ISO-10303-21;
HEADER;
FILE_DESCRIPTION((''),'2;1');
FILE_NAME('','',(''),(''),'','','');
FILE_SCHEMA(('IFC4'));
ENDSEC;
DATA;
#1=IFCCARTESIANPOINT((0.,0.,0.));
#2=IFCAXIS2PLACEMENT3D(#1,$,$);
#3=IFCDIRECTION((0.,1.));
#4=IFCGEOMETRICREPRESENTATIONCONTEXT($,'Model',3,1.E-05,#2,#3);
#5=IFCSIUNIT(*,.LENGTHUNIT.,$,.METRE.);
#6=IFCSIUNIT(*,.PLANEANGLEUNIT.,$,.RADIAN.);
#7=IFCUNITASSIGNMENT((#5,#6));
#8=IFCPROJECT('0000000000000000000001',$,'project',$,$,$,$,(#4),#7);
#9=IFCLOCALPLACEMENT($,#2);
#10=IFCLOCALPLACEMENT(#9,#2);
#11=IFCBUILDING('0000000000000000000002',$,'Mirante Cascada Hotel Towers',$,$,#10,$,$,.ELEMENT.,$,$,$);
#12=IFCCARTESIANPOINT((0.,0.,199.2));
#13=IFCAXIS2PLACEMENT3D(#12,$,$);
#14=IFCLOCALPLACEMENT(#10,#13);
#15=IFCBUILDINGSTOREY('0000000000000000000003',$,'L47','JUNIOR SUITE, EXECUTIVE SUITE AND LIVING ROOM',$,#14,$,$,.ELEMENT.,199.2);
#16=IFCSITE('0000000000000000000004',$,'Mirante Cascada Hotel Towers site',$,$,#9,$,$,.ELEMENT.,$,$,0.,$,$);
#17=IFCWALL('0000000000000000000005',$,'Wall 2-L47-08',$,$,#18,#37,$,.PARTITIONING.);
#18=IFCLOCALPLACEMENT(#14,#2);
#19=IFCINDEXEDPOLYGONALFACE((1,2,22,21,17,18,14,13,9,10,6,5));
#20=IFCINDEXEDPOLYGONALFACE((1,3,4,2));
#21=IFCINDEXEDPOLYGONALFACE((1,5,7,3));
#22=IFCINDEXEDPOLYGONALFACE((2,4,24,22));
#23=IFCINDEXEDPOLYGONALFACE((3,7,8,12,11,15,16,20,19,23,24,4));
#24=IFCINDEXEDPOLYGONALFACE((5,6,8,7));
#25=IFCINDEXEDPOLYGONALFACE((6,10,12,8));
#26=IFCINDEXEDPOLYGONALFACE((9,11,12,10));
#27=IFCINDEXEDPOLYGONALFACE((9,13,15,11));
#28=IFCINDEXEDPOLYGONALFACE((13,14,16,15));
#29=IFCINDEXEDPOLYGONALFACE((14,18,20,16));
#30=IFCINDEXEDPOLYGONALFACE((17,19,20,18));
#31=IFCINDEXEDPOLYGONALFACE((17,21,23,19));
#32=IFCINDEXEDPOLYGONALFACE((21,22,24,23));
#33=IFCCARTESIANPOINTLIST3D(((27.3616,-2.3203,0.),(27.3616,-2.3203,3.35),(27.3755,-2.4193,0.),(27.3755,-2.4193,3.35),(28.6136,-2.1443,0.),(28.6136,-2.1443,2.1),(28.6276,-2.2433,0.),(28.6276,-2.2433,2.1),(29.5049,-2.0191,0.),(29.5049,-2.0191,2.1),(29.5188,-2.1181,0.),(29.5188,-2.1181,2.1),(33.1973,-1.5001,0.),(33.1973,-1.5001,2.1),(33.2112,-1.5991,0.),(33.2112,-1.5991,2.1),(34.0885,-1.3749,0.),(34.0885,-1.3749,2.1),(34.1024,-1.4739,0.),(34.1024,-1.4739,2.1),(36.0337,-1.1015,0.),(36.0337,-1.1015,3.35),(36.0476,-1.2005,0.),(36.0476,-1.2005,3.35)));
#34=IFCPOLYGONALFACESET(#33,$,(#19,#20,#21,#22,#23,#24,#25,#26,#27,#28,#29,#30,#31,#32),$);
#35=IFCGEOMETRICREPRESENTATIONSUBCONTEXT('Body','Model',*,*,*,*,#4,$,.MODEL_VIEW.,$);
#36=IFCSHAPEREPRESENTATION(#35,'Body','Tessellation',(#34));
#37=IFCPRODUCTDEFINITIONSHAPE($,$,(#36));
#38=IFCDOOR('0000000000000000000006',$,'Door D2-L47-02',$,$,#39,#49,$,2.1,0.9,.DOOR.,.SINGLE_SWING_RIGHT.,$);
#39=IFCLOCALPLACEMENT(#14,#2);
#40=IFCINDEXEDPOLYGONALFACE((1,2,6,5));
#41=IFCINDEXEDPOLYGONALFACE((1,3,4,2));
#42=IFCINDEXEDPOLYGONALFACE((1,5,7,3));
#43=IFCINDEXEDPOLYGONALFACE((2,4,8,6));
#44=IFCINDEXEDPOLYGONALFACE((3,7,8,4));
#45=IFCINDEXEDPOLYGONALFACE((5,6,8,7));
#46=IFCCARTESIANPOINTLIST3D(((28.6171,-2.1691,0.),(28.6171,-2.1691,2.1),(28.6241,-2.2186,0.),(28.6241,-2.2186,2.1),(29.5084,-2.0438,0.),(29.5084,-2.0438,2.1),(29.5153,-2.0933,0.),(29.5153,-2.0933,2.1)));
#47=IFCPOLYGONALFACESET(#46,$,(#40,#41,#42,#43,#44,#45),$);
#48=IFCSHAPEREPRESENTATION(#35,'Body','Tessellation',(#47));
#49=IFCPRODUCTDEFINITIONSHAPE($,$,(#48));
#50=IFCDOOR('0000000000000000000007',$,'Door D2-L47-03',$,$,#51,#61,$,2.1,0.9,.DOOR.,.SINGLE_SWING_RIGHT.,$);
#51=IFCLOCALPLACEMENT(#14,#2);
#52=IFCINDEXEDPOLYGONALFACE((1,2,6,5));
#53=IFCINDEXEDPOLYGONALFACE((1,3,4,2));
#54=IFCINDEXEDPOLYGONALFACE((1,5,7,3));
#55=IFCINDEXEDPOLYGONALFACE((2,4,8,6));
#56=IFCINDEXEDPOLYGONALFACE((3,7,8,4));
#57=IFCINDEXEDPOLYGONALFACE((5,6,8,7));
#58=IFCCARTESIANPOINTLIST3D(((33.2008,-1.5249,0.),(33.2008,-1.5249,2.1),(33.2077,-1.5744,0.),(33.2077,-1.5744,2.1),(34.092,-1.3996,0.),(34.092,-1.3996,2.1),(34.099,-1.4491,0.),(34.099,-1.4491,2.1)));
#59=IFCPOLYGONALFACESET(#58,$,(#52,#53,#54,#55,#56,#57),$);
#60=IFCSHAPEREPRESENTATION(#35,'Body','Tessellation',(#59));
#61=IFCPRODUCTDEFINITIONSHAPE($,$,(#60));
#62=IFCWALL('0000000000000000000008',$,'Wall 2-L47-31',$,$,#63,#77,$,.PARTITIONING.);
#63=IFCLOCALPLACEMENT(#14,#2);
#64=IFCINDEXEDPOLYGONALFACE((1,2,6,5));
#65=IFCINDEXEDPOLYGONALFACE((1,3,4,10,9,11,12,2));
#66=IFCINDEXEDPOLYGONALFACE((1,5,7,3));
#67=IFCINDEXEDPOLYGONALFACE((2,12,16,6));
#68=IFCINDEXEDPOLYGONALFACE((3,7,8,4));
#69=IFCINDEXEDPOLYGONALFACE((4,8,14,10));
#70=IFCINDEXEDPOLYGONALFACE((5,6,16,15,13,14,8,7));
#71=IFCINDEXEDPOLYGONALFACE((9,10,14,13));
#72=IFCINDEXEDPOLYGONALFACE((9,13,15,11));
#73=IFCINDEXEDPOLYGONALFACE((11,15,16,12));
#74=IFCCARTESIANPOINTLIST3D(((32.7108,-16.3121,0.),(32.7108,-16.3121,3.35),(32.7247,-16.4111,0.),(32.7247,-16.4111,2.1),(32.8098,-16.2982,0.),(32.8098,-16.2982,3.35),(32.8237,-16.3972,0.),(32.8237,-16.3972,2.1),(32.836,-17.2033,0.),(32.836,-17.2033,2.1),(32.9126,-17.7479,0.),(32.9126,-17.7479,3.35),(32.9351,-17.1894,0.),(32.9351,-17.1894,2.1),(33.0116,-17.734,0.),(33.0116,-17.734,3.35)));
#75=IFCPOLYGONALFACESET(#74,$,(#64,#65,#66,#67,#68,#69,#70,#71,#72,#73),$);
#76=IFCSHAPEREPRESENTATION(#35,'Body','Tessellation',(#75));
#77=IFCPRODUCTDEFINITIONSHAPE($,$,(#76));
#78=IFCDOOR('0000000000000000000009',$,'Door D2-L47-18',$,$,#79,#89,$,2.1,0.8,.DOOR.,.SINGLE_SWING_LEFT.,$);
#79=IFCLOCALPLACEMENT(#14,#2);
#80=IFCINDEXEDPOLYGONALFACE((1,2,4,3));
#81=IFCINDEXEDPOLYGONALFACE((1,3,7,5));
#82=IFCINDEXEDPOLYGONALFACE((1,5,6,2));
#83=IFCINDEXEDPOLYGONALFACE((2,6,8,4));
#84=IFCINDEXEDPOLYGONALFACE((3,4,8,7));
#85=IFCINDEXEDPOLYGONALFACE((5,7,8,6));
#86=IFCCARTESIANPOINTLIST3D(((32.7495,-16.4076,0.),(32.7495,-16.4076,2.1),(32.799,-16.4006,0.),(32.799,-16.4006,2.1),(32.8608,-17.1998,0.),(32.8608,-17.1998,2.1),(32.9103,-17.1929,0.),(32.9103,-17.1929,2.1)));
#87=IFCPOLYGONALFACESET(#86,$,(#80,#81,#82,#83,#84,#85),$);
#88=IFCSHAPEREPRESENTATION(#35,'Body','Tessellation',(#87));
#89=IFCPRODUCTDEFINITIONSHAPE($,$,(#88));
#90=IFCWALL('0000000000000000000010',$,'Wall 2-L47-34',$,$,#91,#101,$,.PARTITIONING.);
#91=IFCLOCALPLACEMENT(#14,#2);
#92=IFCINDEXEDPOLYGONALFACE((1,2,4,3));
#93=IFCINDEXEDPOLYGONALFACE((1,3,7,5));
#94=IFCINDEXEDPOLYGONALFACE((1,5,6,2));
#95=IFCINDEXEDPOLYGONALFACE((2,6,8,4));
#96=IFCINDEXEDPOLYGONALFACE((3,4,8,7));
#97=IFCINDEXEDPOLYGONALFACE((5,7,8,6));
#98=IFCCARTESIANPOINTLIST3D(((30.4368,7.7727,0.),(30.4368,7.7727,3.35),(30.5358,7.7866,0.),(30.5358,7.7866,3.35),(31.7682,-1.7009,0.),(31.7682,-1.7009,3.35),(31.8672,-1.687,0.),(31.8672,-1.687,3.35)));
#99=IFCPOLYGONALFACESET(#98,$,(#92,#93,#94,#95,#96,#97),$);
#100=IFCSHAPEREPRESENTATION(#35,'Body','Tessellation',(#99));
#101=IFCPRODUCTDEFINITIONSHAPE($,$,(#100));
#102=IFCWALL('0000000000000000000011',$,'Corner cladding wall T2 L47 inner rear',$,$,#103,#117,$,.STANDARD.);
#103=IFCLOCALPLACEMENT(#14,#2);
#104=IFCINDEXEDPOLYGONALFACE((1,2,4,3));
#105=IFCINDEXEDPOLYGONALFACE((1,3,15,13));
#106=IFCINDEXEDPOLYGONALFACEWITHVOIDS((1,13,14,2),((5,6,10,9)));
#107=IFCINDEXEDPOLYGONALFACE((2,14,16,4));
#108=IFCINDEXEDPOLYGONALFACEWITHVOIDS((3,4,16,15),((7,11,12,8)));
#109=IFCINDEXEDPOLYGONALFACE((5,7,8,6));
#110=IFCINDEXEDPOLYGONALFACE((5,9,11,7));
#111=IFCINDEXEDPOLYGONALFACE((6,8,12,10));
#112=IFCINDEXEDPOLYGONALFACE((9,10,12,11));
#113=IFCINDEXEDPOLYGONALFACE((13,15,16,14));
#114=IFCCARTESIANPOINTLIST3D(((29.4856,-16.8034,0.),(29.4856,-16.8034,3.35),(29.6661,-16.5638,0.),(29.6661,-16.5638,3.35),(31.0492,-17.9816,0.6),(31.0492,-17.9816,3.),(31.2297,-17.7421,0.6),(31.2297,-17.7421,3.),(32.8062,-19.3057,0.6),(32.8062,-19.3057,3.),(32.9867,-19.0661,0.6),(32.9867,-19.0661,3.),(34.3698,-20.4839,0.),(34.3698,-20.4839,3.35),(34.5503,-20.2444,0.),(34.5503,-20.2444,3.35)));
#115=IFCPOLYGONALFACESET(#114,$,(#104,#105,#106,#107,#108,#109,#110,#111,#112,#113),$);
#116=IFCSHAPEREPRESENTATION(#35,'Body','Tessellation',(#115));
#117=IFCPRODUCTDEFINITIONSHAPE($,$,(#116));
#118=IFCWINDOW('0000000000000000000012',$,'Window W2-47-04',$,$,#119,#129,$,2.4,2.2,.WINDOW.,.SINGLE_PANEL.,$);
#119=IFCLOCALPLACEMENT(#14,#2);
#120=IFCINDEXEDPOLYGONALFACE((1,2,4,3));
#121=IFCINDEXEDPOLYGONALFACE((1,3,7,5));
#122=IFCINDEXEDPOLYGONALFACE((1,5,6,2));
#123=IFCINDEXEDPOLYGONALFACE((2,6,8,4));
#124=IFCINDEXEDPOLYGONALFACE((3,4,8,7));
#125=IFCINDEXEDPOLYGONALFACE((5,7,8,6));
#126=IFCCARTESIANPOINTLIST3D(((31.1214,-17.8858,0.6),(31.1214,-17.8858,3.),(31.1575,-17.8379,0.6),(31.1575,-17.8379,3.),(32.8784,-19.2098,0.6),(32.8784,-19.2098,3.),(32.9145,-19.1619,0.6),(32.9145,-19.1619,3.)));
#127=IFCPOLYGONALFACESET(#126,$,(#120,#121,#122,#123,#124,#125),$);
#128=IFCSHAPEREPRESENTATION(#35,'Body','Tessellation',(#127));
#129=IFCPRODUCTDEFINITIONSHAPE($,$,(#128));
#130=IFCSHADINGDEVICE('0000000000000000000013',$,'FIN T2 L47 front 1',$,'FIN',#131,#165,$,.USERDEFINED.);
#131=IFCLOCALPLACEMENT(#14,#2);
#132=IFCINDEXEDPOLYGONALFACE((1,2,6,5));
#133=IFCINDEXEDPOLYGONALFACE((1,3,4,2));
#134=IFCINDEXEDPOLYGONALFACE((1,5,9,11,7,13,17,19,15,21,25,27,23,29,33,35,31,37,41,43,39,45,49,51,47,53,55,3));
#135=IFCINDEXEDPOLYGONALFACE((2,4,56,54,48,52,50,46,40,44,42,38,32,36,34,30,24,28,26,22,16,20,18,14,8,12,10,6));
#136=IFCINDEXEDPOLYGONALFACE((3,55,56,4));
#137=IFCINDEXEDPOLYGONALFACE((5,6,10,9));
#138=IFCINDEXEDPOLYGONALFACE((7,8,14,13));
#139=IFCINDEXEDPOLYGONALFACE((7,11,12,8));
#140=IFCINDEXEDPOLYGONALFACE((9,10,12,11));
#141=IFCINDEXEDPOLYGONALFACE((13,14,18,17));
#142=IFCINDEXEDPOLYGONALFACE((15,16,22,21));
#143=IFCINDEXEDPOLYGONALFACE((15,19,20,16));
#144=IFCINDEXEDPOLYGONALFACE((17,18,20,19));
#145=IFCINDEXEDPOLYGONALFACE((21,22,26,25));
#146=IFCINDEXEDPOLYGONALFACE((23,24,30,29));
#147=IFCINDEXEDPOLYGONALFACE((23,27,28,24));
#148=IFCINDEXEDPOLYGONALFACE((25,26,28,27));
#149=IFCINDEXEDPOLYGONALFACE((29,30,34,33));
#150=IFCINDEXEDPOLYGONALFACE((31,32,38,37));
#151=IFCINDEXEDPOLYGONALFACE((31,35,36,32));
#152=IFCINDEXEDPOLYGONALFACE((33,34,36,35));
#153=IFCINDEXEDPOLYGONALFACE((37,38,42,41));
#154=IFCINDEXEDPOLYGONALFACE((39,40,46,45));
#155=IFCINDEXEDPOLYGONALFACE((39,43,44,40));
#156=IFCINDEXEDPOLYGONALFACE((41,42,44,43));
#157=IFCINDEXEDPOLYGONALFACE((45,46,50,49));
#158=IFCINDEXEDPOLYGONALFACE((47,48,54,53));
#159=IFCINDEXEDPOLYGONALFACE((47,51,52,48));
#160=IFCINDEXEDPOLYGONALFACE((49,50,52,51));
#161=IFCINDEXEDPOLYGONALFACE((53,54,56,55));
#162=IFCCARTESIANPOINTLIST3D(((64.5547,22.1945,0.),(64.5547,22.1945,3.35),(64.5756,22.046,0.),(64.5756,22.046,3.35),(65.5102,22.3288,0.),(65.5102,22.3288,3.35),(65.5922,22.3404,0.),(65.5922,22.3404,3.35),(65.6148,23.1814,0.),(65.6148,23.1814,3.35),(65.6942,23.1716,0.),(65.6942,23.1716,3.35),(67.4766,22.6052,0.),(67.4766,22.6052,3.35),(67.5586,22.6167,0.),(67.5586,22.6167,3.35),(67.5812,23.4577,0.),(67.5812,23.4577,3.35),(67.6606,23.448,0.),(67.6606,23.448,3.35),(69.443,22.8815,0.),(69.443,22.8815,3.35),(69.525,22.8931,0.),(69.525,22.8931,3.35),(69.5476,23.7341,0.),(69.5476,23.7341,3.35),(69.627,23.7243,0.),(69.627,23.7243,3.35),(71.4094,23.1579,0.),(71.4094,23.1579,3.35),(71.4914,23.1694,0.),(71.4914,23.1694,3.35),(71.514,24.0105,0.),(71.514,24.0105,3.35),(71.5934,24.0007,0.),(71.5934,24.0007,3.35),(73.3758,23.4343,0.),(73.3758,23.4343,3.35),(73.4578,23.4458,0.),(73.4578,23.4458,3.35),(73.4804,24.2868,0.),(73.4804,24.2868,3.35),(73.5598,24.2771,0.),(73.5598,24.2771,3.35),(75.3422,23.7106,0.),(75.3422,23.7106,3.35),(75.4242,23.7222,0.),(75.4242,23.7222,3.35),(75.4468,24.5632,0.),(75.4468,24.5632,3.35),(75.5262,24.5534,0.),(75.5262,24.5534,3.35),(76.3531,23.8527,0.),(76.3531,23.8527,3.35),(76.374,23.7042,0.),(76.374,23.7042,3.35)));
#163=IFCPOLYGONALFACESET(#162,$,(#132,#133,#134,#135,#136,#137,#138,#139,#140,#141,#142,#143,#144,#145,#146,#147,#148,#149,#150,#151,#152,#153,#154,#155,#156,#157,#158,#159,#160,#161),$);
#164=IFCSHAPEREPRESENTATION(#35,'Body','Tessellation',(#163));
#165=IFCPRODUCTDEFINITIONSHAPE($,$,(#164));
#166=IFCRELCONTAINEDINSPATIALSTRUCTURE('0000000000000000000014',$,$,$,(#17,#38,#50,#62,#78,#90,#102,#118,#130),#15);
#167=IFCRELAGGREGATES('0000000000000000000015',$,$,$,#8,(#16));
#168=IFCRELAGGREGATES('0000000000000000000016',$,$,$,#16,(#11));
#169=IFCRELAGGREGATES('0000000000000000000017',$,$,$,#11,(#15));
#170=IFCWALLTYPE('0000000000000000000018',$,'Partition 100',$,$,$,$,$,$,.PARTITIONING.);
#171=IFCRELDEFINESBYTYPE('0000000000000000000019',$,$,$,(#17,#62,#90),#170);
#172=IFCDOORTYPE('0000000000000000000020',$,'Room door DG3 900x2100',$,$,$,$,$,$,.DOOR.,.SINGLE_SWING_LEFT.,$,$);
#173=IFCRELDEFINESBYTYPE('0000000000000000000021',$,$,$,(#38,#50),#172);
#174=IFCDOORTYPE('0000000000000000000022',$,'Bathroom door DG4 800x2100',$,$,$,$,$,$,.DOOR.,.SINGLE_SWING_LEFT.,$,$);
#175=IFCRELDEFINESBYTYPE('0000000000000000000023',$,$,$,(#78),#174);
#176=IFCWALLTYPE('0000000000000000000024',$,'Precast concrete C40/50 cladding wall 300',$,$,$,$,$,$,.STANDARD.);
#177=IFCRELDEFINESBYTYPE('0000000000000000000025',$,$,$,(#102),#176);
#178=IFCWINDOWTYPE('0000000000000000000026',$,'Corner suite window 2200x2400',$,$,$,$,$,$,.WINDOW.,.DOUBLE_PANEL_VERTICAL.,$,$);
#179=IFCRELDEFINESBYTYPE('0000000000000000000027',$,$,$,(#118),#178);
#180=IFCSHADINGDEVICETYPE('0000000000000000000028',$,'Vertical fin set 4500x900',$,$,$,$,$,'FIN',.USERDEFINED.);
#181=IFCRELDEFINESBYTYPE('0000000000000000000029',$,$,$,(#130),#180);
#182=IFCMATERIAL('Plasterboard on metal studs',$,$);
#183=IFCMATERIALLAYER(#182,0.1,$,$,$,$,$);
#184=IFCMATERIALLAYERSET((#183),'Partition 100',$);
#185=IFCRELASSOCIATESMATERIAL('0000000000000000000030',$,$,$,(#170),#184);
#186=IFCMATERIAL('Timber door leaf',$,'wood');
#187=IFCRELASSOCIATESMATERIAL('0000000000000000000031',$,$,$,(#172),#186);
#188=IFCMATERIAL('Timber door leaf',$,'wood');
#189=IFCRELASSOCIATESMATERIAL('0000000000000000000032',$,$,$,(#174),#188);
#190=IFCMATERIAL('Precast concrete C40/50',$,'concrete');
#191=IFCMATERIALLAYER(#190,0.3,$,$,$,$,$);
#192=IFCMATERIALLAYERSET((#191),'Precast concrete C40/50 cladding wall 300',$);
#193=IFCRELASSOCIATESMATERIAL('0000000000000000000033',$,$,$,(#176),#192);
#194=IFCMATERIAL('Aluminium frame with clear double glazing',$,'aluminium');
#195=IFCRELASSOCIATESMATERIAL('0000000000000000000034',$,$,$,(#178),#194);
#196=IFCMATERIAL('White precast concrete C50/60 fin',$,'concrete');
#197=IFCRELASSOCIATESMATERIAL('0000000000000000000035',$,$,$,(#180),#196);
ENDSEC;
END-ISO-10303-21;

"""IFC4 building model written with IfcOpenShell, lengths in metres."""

from ifc_helpers import new_model, si_unit, direction, frame, frame_2d, origin, place, context, subcontext, project, spatial, polyline, rectangle, outline, extrude, material, layer, layer_set, type_object, element, fill, save


model = new_model("IFC4")

# Units and contexts
model_context = context("Model", 3, precision=1e-05, world=origin(), true_north=direction((0.0, 1.0)))
body_context = subcontext(model_context, "Body", "Model", "MODEL_VIEW")
ifc_project = project(units=[si_unit("LENGTHUNIT", "METRE"), si_unit("PLANEANGLEUNIT", "RADIAN")], contexts=[model_context])

# Site, building, storey
site_placement = place(None, origin())
site = spatial("IfcSite", under=ifc_project, at=site_placement, Name="Mirante Cascada Hotel Towers site", CompositionType="ELEMENT", RefElevation=0.0)
building_placement = place(site_placement, origin())
building = spatial("IfcBuilding", under=site, at=building_placement, Name="Mirante Cascada Hotel Towers", CompositionType="ELEMENT")
storey_placement = place(building_placement, frame((0.0, 0.0, 199.2)))
storey = spatial("IfcBuildingStorey", under=building, at=storey_placement, Name="L47", Description="JUNIOR SUITE, EXECUTIVE SUITE AND LIVING ROOM", CompositionType="ELEMENT", Elevation=199.2)

# Shared definitions
ifc_material_1 = material(Name="Plasterboard on metal studs")
ifc_layer_1 = layer(ifc_material_1, 0.1)
ifc_layer_set_1 = layer_set([ifc_layer_1], Name="Partition 100")
wall_type_1 = type_object("IfcWallType", Name="Partition 100", PredefinedType="PARTITIONING", material=ifc_layer_set_1)

# Wall, openings, doors
wall_1_placement = place(storey_placement, frame((27.3685, -2.3698, 0.0), z_axis=(0.0, 0.0, 1.0), x_axis=(0.990268, 0.139175, 0.0)))
wall_1 = element("IfcWall", 1, at=wall_1_placement, inside=storey, type_object=wall_type_1, Name="Wall 2-L47-08", PredefinedType="PARTITIONING", context=body_context, shape_type="SweptSolid", body=[
    extrude(rectangle(XDim=8.7573, YDim=0.1, at=frame_2d((4.3787, 0.0))), origin(), (0.0, 0.0, 1.0), 3.35),
])
opening_1_placement = place(wall_1_placement, frame((1.2644, 0.0, 0.0)))
opening_1 = element("IfcOpeningElement", 2, at=opening_1_placement, cuts=wall_1, PredefinedType="OPENING", context=body_context, shape_type="SweptSolid", body=[
    extrude(rectangle(XDim=0.9, YDim=2.1, at=frame_2d((0.45, 1.05))), frame((0.0, 0.05, 0.0), z_axis=(0.0, -1.0, 0.0), x_axis=(1.0, 0.0, 0.0)), (0.0, 0.0, 1.0), 0.1),
])
opening_2_placement = place(wall_1_placement, frame((5.8931, 0.0, 0.0)))
opening_2 = element("IfcOpeningElement", 3, at=opening_2_placement, cuts=wall_1, PredefinedType="OPENING", context=body_context, shape_type="SweptSolid", body=[
    extrude(rectangle(XDim=0.9, YDim=2.1, at=frame_2d((0.45, 1.05))), frame((0.0, 0.05, 0.0), z_axis=(0.0, -1.0, 0.0), x_axis=(1.0, 0.0, 0.0)), (0.0, 0.0, 1.0), 0.1),
])
ifc_material_2 = material(Name="Timber door leaf", Category="wood")
door_type_1 = type_object("IfcDoorType", Name="Room door DG3 900x2100", OperationType="SINGLE_SWING_LEFT", PredefinedType="DOOR", material=ifc_material_2)
door_1_placement = place(opening_1_placement, frame((0.9, 0.0, 0.0), z_axis=(0.0, 0.0, 1.0), x_axis=(-1.0, 0.0, 0.0)))
door_1 = element("IfcDoor", 4, at=door_1_placement, inside=storey, type_object=door_type_1, Name="Door D2-L47-02", OperationType="SINGLE_SWING_RIGHT", OverallHeight=2.1, OverallWidth=0.9, PredefinedType="DOOR", context=body_context, shape_type="SweptSolid", body=[
    extrude(rectangle(XDim=0.9, YDim=2.1, at=frame_2d((0.45, 1.05))), frame((0.0, 0.025, 0.0), z_axis=(0.0, -1.0, 0.0), x_axis=(1.0, 0.0, 0.0)), (0.0, 0.0, 1.0), 0.05),
])
fill(opening_1, door_1)
door_2_placement = place(opening_2_placement, frame((0.9, 0.0, 0.0), z_axis=(0.0, 0.0, 1.0), x_axis=(-1.0, 0.0, 0.0)))
door_2 = element("IfcDoor", 5, at=door_2_placement, inside=storey, type_object=door_type_1, Name="Door D2-L47-03", OperationType="SINGLE_SWING_RIGHT", OverallHeight=2.1, OverallWidth=0.9, PredefinedType="DOOR", context=body_context, shape_type="SweptSolid", body=[
    extrude(rectangle(XDim=0.9, YDim=2.1, at=frame_2d((0.45, 1.05))), frame((0.0, 0.025, 0.0), z_axis=(0.0, -1.0, 0.0), x_axis=(1.0, 0.0, 0.0)), (0.0, 0.0, 1.0), 0.05),
])
fill(opening_2, door_2)

# Wall, opening, door
wall_2_placement = place(storey_placement, frame((32.7603, -16.3051, 0.0), z_axis=(0.0, 0.0, 1.0), x_axis=(0.139181, -0.990267, 0.0)))
wall_2 = element("IfcWall", 6, at=wall_2_placement, inside=storey, type_object=wall_type_1, Name="Wall 2-L47-31", PredefinedType="PARTITIONING", context=body_context, shape_type="SweptSolid", body=[
    extrude(rectangle(XDim=1.4499, YDim=0.1, at=frame_2d((0.725, 0.0))), origin(), (0.0, 0.0, 1.0), 3.35),
])
opening_3_placement = place(wall_2_placement, frame((0.1, 0.0, 0.0)))
opening_3 = element("IfcOpeningElement", 7, at=opening_3_placement, cuts=wall_2, PredefinedType="OPENING", context=body_context, shape_type="SweptSolid", body=[
    extrude(rectangle(XDim=0.8, YDim=2.1, at=frame_2d((0.4, 1.05))), frame((0.0, 0.05, 0.0), z_axis=(0.0, -1.0, 0.0), x_axis=(1.0, 0.0, 0.0)), (0.0, 0.0, 1.0), 0.1),
])
ifc_material_3 = material(Name="Timber door leaf", Category="wood")
door_type_2 = type_object("IfcDoorType", Name="Bathroom door DG4 800x2100", OperationType="SINGLE_SWING_LEFT", PredefinedType="DOOR", material=ifc_material_3)
door_3_placement = place(opening_3_placement, origin())
door_3 = element("IfcDoor", 8, at=door_3_placement, inside=storey, type_object=door_type_2, Name="Door D2-L47-18", OperationType="SINGLE_SWING_LEFT", OverallHeight=2.1, OverallWidth=0.8, PredefinedType="DOOR", context=body_context, shape_type="SweptSolid", body=[
    extrude(rectangle(XDim=0.8, YDim=2.1, at=frame_2d((0.4, 1.05))), frame((0.0, 0.025, 0.0), z_axis=(0.0, -1.0, 0.0), x_axis=(1.0, 0.0, 0.0)), (0.0, 0.0, 1.0), 0.05),
])
fill(opening_3, door_3)

# Wall
wall_3_placement = place(storey_placement, frame((31.8177, -1.694, 0.0), z_axis=(0.0, 0.0, 1.0), x_axis=(-0.13917, 0.990268, 0.0)))
element("IfcWall", 9, at=wall_3_placement, inside=storey, type_object=wall_type_1, Name="Wall 2-L47-34", PredefinedType="PARTITIONING", context=body_context, shape_type="SweptSolid", body=[
    extrude(rectangle(XDim=9.5667, YDim=0.1, at=frame_2d((4.7834, 0.0))), origin(), (0.0, 0.0, 1.0), 3.35),
])

# Wall, opening, window
ifc_material_4 = material(Name="Precast concrete C40/50", Category="concrete")
ifc_layer_2 = layer(ifc_material_4, 0.3)
ifc_layer_set_2 = layer_set([ifc_layer_2], Name="Precast concrete C40/50 cladding wall 300")
wall_type_2 = type_object("IfcWallType", Name="Precast concrete C40/50 cladding wall 300", PredefinedType="STANDARD", material=ifc_layer_set_2)
wall_4_placement = place(storey_placement, frame((29.5759, -16.6836, 0.0), z_axis=(0.0, 0.0, 1.0), x_axis=(0.798628, -0.601824, 0.0)))
wall_4 = element("IfcWall", 10, at=wall_4_placement, inside=storey, type_object=wall_type_2, Name="Corner cladding wall T2 L47 inner rear", PredefinedType="STANDARD", context=body_context, shape_type="SweptSolid", body=[
    extrude(rectangle(XDim=6.1157, YDim=0.3, at=frame_2d((3.0578, 0.0))), origin(), (0.0, 0.0, 1.0), 3.35),
])
opening_4_placement = place(wall_4_placement, frame((1.9578, 0.0, 0.6)))
opening_4 = element("IfcOpeningElement", 11, at=opening_4_placement, cuts=wall_4, PredefinedType="OPENING", context=body_context, shape_type="SweptSolid", body=[
    extrude(rectangle(XDim=2.2, YDim=2.4, at=frame_2d((1.1, 1.2))), frame((0.0, 0.15, 0.0), z_axis=(0.0, -1.0, 0.0), x_axis=(1.0, 0.0, 0.0)), (0.0, 0.0, 1.0), 0.3),
])
ifc_material_5 = material(Name="Aluminium frame with clear double glazing", Category="aluminium")
window_type = type_object("IfcWindowType", Name="Corner suite window 2200x2400", PartitioningType="DOUBLE_PANEL_VERTICAL", PredefinedType="WINDOW", material=ifc_material_5)
window_placement = place(opening_4_placement, origin())
window = element("IfcWindow", 12, at=window_placement, inside=storey, type_object=window_type, Name="Window W2-47-04", OverallHeight=2.4, OverallWidth=2.2, PartitioningType="SINGLE_PANEL", PredefinedType="WINDOW", context=body_context, shape_type="SweptSolid", body=[
    extrude(rectangle(XDim=2.2, YDim=2.4, at=frame_2d((1.1, 1.2))), frame((0.0, 0.03, 0.0), z_axis=(0.0, -1.0, 0.0), x_axis=(1.0, 0.0, 0.0)), (0.0, 0.0, 1.0), 0.06),
])
fill(opening_4, window)

# Shading device
ifc_material_6 = material(Name="White precast concrete C50/60 fin", Category="concrete")
shading_device_type = type_object("IfcShadingDeviceType", Name="Vertical fin set 4500x900", ElementType="FIN", PredefinedType="USERDEFINED", material=ifc_material_6)
shading_device_1_placement = place(storey_placement, origin())
element("IfcShadingDevice", 13, at=shading_device_1_placement, inside=storey, type_object=shading_device_type, Name="FIN T2 L47 front 1", ObjectType="FIN", PredefinedType="USERDEFINED", context=body_context, shape_type="SweptSolid", body=[
    extrude(outline(polyline([(65.6942, 23.1716), (65.5922, 22.3404), (67.4766, 22.6052), (67.5812, 23.4577), (67.6606, 23.448), (67.5586, 22.6167), (69.443, 22.8815), (69.5476, 23.7341), (69.627, 23.7243), (69.525, 22.8931), (71.4094, 23.1579), (71.514, 24.0105), (71.5934, 24.0007), (71.4914, 23.1694), (73.3758, 23.4343), (73.4804, 24.2868), (73.5598, 24.2771), (73.4578, 23.4458), (75.3422, 23.7106), (75.4468, 24.5632), (75.5262, 24.5534), (75.4242, 23.7222), (76.3531, 23.8527), (76.374, 23.7042), (64.5756, 22.046), (64.5547, 22.1945), (65.5102, 22.3288), (65.6148, 23.1814), (65.6942, 23.1716)])), origin(), (0.0, 0.0, 1.0), 3.35),
])

save(model, "model.ifc")
